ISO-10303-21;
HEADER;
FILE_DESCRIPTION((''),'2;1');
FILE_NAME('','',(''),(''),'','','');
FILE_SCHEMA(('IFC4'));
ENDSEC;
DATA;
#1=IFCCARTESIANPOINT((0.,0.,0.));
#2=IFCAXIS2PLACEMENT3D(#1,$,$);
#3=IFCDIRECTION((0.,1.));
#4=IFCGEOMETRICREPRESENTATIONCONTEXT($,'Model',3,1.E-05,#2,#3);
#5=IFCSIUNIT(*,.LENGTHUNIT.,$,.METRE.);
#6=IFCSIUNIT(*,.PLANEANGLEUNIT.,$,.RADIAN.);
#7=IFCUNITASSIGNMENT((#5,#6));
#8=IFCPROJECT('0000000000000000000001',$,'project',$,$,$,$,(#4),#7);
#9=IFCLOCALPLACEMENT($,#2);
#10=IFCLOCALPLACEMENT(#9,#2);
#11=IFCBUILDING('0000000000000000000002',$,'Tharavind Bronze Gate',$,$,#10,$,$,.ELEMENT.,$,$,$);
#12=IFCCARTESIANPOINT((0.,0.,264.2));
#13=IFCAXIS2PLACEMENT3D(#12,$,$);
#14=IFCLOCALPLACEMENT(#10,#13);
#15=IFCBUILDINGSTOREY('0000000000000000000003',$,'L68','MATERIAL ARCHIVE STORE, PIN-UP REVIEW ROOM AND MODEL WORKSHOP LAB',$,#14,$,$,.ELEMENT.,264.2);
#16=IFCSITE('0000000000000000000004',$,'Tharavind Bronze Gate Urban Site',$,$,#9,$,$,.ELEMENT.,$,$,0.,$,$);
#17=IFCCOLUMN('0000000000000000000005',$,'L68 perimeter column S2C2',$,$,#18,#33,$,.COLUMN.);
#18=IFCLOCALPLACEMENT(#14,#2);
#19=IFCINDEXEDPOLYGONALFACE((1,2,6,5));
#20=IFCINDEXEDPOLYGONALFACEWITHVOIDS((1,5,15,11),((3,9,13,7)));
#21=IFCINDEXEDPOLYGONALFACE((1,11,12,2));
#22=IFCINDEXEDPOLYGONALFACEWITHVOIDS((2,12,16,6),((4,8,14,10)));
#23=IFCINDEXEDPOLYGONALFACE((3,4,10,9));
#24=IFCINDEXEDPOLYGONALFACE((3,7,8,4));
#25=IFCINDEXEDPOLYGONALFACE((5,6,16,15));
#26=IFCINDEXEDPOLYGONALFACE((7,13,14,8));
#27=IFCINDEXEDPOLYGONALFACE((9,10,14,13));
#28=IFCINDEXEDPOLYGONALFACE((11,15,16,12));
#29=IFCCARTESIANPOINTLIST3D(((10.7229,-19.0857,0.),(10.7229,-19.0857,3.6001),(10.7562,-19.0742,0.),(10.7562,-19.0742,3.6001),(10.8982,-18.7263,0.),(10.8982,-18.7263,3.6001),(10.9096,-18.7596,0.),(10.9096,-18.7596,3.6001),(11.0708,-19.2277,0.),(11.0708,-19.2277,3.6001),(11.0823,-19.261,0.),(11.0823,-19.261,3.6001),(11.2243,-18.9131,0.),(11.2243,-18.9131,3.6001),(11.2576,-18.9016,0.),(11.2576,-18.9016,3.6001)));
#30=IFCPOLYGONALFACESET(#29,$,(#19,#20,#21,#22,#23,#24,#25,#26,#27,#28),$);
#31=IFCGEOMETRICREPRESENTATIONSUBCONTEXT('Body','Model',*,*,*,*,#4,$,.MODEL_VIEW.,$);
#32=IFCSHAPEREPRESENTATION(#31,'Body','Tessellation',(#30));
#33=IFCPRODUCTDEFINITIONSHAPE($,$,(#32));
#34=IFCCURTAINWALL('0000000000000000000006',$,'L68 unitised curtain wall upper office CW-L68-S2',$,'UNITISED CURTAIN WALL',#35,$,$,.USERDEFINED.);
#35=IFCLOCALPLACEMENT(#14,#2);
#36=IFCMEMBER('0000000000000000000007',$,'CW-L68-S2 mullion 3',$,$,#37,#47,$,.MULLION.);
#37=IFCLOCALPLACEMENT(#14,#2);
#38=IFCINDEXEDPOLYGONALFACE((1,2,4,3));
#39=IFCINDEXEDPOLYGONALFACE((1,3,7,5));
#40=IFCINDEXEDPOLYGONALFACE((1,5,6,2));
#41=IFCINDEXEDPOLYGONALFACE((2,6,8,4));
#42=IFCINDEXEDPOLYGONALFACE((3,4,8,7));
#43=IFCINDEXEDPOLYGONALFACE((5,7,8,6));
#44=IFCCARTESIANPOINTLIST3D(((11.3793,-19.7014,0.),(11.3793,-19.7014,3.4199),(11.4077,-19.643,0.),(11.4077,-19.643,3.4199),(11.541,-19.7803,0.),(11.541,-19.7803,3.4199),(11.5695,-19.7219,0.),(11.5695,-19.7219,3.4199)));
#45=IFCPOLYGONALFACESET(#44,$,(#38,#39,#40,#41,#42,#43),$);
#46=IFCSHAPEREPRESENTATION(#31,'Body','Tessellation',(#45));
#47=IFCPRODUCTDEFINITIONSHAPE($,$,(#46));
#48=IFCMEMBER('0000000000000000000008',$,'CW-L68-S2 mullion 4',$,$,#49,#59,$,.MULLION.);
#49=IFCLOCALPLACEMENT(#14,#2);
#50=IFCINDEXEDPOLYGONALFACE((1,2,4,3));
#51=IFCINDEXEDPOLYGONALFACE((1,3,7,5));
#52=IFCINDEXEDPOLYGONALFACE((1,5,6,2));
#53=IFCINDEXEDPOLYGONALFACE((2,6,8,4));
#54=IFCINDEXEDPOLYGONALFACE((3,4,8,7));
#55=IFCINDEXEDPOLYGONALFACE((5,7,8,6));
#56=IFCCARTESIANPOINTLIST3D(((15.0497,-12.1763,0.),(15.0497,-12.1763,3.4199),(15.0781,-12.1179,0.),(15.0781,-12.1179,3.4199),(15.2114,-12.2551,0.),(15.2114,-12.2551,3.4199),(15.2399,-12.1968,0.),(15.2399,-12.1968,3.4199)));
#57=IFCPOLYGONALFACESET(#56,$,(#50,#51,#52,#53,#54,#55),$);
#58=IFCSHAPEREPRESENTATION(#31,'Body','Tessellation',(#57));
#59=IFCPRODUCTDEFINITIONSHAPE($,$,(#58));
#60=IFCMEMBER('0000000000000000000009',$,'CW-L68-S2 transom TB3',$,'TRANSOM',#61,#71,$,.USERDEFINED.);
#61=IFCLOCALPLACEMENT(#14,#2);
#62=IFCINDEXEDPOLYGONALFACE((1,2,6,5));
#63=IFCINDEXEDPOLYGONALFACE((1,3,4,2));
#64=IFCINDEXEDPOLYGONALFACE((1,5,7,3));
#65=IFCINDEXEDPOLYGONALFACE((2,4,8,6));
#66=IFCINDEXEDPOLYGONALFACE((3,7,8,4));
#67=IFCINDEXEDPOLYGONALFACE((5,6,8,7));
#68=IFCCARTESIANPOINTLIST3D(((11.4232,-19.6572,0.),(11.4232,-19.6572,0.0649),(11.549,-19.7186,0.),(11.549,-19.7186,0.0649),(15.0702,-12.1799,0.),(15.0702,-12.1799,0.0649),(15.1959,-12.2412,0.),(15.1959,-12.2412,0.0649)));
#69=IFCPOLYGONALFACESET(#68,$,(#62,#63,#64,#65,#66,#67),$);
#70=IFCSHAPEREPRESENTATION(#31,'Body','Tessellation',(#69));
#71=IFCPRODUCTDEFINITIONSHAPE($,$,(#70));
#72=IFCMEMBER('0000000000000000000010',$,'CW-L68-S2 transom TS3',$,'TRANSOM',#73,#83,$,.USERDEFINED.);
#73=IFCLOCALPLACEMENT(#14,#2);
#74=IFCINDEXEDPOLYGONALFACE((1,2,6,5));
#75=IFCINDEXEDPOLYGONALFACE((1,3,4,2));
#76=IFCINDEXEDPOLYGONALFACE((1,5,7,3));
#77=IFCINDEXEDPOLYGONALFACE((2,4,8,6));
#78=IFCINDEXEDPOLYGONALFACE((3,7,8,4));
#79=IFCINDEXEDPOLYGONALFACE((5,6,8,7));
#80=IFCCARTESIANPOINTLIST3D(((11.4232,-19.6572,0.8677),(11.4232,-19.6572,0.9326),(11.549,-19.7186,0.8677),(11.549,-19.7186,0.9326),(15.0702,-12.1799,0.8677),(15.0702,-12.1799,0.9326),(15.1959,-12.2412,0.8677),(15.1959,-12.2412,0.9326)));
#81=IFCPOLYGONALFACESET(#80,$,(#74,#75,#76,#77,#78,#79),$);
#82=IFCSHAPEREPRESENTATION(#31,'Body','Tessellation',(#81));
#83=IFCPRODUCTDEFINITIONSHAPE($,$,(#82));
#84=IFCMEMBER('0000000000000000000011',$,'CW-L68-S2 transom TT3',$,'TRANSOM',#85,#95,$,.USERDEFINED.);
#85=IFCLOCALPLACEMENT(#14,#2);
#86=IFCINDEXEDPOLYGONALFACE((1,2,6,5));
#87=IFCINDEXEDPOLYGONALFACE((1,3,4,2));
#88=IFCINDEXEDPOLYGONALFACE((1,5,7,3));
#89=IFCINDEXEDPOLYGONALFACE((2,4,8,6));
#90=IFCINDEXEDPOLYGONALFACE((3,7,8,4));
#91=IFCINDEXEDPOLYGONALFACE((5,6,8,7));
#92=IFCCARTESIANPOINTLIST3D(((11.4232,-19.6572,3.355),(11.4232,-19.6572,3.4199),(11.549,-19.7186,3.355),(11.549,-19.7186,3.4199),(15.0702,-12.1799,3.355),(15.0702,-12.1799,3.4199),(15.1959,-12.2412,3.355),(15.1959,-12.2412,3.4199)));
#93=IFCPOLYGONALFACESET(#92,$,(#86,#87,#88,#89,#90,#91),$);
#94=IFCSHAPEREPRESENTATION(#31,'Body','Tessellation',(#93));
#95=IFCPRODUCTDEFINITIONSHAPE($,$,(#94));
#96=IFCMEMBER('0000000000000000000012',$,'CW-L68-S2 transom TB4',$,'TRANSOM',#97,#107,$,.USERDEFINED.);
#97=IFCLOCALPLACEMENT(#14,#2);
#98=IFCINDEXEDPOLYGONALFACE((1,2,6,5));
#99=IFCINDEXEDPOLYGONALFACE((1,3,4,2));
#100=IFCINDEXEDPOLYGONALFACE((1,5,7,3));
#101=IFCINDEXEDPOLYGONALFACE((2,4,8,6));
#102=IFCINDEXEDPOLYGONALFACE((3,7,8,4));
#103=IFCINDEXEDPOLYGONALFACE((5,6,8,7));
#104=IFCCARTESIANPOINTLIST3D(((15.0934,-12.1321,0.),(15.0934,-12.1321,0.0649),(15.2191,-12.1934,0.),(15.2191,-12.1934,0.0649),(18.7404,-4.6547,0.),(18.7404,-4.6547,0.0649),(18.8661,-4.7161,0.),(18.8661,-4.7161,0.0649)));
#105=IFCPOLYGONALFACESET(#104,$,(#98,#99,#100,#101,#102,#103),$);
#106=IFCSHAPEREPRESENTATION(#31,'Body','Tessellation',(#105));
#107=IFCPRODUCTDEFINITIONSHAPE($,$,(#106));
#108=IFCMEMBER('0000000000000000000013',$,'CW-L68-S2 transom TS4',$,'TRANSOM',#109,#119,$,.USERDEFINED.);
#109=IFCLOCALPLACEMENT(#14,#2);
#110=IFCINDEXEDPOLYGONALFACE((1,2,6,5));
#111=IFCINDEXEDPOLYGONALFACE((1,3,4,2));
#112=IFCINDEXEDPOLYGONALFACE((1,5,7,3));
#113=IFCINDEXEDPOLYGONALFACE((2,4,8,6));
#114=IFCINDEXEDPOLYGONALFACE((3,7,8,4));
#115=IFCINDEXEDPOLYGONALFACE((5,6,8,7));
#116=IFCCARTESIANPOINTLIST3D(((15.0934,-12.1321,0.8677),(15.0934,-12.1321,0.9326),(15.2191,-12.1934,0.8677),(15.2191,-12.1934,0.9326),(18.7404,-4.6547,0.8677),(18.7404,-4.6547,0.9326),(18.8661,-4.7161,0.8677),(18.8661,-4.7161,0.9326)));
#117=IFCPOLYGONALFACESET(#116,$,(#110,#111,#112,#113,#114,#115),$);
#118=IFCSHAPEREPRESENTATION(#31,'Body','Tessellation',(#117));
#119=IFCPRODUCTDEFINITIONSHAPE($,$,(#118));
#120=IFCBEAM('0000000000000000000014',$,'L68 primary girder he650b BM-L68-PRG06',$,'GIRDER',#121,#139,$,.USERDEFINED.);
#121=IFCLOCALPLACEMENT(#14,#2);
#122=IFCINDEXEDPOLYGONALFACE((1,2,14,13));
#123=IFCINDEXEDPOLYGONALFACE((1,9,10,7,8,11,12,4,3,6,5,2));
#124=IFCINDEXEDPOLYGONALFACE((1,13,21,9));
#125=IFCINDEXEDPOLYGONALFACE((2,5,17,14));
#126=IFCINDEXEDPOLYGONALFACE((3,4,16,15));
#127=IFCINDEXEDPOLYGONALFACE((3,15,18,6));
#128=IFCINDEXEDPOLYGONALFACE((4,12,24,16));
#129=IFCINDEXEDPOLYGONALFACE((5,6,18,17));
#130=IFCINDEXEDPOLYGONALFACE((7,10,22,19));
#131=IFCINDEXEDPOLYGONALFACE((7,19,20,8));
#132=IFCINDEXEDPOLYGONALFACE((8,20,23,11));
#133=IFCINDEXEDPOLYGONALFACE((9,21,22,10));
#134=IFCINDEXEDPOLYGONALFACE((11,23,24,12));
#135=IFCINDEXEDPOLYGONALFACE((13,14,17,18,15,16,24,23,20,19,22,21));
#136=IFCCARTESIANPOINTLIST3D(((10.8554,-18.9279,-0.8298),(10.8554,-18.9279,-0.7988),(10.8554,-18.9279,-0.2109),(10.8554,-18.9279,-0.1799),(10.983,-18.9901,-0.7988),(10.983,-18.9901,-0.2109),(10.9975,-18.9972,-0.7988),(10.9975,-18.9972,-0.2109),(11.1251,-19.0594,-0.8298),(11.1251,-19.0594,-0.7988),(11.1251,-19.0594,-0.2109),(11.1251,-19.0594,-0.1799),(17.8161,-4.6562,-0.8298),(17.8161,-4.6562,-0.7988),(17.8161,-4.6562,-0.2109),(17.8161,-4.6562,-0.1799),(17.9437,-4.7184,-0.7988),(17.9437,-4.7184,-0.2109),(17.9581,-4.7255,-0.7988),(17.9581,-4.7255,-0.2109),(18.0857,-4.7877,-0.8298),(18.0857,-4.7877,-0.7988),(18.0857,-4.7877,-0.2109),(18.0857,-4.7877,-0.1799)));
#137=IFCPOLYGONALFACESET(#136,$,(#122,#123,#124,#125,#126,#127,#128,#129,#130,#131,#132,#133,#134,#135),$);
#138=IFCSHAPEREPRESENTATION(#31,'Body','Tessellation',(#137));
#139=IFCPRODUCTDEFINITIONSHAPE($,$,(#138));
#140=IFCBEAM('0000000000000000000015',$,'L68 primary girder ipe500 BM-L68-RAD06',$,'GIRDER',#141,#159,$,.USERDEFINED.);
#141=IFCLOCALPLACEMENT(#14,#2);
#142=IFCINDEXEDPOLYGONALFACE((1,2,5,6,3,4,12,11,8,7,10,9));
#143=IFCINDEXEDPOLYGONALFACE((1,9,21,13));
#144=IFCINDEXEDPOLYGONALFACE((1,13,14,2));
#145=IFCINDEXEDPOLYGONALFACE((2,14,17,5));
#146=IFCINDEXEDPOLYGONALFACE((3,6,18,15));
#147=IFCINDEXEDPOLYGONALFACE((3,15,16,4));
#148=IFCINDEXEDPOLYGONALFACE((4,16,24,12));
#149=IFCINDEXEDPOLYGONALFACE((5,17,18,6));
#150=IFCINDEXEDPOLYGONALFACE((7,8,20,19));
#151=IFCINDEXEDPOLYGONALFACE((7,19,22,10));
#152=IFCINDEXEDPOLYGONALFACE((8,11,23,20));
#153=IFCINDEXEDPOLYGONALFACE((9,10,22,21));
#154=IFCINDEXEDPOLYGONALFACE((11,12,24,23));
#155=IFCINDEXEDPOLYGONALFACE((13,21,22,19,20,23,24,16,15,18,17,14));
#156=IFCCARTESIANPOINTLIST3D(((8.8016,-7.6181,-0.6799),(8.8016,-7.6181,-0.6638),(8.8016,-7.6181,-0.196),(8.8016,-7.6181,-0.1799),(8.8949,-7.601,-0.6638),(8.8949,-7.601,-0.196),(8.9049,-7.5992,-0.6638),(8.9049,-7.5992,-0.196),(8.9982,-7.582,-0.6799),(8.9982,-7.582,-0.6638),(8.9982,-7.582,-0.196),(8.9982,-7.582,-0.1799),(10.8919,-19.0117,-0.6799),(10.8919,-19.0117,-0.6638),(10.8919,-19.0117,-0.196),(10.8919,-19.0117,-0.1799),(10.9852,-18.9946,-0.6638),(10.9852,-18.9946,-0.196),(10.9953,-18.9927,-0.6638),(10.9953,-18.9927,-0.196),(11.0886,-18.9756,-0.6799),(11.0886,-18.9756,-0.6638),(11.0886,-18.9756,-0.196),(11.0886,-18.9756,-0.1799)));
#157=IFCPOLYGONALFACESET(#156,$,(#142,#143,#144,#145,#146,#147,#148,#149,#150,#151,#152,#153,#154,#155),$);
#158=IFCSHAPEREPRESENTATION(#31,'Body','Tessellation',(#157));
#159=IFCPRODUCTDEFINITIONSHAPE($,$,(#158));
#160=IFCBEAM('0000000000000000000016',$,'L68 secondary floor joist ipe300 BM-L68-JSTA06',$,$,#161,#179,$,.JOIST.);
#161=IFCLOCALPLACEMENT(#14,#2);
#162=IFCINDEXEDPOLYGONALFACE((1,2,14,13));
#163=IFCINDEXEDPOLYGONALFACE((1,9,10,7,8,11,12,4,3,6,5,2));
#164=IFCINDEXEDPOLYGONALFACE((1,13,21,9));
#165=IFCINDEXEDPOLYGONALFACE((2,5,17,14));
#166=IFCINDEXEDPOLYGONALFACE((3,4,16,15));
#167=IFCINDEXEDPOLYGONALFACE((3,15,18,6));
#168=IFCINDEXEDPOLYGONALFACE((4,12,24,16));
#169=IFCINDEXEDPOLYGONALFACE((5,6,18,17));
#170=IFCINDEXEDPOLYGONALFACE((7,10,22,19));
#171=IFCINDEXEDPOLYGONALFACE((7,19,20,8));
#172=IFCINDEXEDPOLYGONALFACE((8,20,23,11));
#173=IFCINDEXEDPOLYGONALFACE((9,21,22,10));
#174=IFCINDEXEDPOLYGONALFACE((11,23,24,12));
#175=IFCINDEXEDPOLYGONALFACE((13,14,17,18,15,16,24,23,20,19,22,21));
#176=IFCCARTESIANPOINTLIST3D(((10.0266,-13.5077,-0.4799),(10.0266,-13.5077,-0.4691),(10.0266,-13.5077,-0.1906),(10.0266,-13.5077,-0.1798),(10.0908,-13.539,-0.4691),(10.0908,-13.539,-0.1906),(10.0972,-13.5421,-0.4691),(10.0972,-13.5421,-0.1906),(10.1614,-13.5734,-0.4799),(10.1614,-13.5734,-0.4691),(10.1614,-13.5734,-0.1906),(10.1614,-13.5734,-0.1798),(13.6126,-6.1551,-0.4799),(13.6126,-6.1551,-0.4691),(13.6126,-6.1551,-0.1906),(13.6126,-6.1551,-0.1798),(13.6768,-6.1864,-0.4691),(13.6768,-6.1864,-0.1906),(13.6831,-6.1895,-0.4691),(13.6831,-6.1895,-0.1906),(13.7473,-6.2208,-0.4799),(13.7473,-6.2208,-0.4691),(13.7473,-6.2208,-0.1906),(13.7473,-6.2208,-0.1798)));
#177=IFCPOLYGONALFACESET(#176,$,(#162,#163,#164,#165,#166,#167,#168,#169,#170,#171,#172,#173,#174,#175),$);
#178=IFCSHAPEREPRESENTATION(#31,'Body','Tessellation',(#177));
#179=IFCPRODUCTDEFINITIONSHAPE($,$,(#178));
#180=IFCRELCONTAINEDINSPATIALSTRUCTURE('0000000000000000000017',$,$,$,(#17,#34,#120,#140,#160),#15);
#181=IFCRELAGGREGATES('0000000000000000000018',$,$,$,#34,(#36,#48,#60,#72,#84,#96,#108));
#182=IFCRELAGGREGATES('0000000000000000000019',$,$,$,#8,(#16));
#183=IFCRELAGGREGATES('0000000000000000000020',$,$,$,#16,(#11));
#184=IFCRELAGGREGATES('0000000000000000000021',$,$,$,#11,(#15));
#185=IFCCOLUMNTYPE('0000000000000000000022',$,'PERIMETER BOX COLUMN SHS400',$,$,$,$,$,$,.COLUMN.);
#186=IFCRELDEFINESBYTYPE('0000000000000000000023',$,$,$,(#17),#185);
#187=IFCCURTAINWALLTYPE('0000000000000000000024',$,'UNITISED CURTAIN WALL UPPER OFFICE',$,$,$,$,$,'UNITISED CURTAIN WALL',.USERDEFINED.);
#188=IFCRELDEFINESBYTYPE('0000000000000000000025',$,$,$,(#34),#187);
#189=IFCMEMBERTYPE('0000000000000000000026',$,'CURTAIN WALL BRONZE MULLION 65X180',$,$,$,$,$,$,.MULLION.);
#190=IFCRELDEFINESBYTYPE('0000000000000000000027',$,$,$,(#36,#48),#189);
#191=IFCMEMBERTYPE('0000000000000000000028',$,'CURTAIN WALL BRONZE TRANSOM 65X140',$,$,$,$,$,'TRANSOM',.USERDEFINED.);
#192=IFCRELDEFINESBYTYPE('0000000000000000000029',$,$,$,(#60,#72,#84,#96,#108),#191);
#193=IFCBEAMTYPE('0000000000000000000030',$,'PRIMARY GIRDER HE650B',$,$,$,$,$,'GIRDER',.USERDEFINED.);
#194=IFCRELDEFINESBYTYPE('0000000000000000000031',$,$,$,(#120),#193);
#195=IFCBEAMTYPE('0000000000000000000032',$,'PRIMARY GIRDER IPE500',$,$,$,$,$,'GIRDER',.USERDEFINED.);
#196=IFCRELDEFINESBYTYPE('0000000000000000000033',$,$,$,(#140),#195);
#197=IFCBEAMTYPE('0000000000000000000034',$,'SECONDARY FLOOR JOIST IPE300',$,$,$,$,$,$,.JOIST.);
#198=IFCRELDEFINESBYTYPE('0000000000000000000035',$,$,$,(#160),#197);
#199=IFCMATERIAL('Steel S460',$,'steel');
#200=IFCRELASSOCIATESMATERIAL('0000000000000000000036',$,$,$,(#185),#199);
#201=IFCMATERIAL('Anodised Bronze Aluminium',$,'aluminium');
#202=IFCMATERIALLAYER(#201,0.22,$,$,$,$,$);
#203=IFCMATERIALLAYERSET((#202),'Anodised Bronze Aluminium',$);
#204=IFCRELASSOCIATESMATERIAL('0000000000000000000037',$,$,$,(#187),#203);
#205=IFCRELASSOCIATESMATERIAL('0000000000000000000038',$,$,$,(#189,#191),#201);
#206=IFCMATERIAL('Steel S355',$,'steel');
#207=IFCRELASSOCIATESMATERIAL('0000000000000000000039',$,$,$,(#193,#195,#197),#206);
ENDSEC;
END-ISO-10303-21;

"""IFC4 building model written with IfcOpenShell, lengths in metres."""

from ifc_helpers import new_model, si_unit, direction, frame, origin, origin_2d, place, context, subcontext, project, spatial, rectangle, hollow_rectangle, i_section, extrude, material, layer, layer_set, material_profile, profile_set, type_object, element, aggregate, save


model = new_model("IFC4")

# Units and contexts
model_context = context("Model", 3, precision=1e-05, world=origin(), true_north=direction((0.0, 1.0)))
body_context = subcontext(model_context, "Body", "Model", "MODEL_VIEW")
ifc_project = project(units=[si_unit("LENGTHUNIT", "METRE"), si_unit("PLANEANGLEUNIT", "RADIAN")], contexts=[model_context])

# Site, building, storey
site_placement = place(None, origin())
site = spatial("IfcSite", under=ifc_project, at=site_placement, Name="Tharavind Bronze Gate Urban Site", CompositionType="ELEMENT", RefElevation=0.0)
building_placement = place(site_placement, origin())
building = spatial("IfcBuilding", under=site, at=building_placement, Name="Tharavind Bronze Gate", CompositionType="ELEMENT")
storey_placement = place(building_placement, frame((0.0, 0.0, 264.2)))
storey = spatial("IfcBuildingStorey", under=building, at=storey_placement, Name="L68", Description="MATERIAL ARCHIVE STORE, PIN-UP REVIEW ROOM AND MODEL WORKSHOP LAB", CompositionType="ELEMENT", Elevation=264.2)

# Column
ifc_material_1 = material(Name="Steel S460", Category="steel")
ifc_material_profile_1 = material_profile(ifc_material_1, hollow_rectangle(XDim=0.3999, YDim=0.3999, WallThickness=0.0249, at=origin_2d()), Name="SHS400X25")
ifc_profile_set_1 = profile_set([ifc_material_profile_1], Name="Steel S460")
column_type = type_object("IfcColumnType", Name="PERIMETER BOX COLUMN SHS400", PredefinedType="COLUMN", material=ifc_profile_set_1)
column_placement = place(storey_placement, frame((10.9902, -18.9937, 0.0), z_axis=(0.0, 0.0, 1.0), x_axis=(0.438373, 0.898793, 0.0)))
element("IfcColumn", 1, at=column_placement, inside=storey, type_object=column_type, Name="L68 perimeter column S2C2", PredefinedType="COLUMN", context=body_context, shape_type="SweptSolid", body=[
    extrude(hollow_rectangle(XDim=0.3999, YDim=0.3999, WallThickness=0.0249, at=origin_2d()), origin(), (0.0, 0.0, 1.0), 3.6001),
])

# Curtain wall, members
ifc_material_2 = material(Name="Anodised Bronze Aluminium", Category="aluminium")
ifc_layer_1 = layer(ifc_material_2, 0.22)
ifc_layer_set_1 = layer_set([ifc_layer_1], Name="Anodised Bronze Aluminium")
curtain_wall_type = type_object("IfcCurtainWallType", Name="UNITISED CURTAIN WALL UPPER OFFICE", ElementType="UNITISED CURTAIN WALL", PredefinedType="USERDEFINED", material=ifc_layer_set_1)
curtain_wall_placement = place(storey_placement, origin())
curtain_wall = element("IfcCurtainWall", 2, at=curtain_wall_placement, inside=storey, type_object=curtain_wall_type, Name="L68 unitised curtain wall upper office CW-L68-S2", ObjectType="UNITISED CURTAIN WALL", PredefinedType="USERDEFINED")
member_type_1 = type_object("IfcMemberType", Name="CURTAIN WALL BRONZE MULLION 65X180", PredefinedType="MULLION", material=ifc_material_2)
member_1_placement = place(storey_placement, frame((11.4744, -19.7117, 0.0), z_axis=(0.0, 0.0, 1.0), x_axis=(0.438373, 0.898793, 0.0)))
member_1 = element("IfcMember", 3, at=member_1_placement, type_object=member_type_1, Name="CW-L68-S2 mullion 3", PredefinedType="MULLION", context=body_context, shape_type="SweptSolid", body=[
    extrude(rectangle(XDim=0.0649, YDim=0.1799, at=origin_2d()), origin(), (0.0, 0.0, 1.0), 3.4199),
])
member_2_placement = place(storey_placement, frame((15.1448, -12.1865, 0.0), z_axis=(0.0, 0.0, 1.0), x_axis=(0.438373, 0.898793, 0.0)))
member_2 = element("IfcMember", 4, at=member_2_placement, type_object=member_type_1, Name="CW-L68-S2 mullion 4", PredefinedType="MULLION", context=body_context, shape_type="SweptSolid", body=[
    extrude(rectangle(XDim=0.0649, YDim=0.1799, at=origin_2d()), origin(), (0.0, 0.0, 1.0), 3.4199),
])
member_type_2 = type_object("IfcMemberType", Name="CURTAIN WALL BRONZE TRANSOM 65X140", ElementType="TRANSOM", PredefinedType="USERDEFINED", material=ifc_material_2)
member_3_placement = place(storey_placement, frame((13.3096, -15.9492, 0.0), z_axis=(0.0, 0.0, 1.0), x_axis=(0.438373, 0.898793, 0.0)))
member_3 = element("IfcMember", 5, at=member_3_placement, type_object=member_type_2, Name="CW-L68-S2 transom TB3", ObjectType="TRANSOM", PredefinedType="USERDEFINED", context=body_context, shape_type="SweptSolid", body=[
    extrude(rectangle(XDim=8.3193, YDim=0.1399, at=origin_2d()), origin(), (0.0, 0.0, 1.0), 0.0649),
])
member_4_placement = place(storey_placement, frame((13.3096, -15.9492, 0.8677), z_axis=(0.0, 0.0, 1.0), x_axis=(0.438373, 0.898793, 0.0)))
member_4 = element("IfcMember", 6, at=member_4_placement, type_object=member_type_2, Name="CW-L68-S2 transom TS3", ObjectType="TRANSOM", PredefinedType="USERDEFINED", context=body_context, shape_type="SweptSolid", body=[
    extrude(rectangle(XDim=8.3193, YDim=0.1399, at=origin_2d()), origin(), (0.0, 0.0, 1.0), 0.0649),
])
member_5_placement = place(storey_placement, frame((13.3096, -15.9492, 3.355), z_axis=(0.0, 0.0, 1.0), x_axis=(0.438373, 0.898793, 0.0)))
member_5 = element("IfcMember", 7, at=member_5_placement, type_object=member_type_2, Name="CW-L68-S2 transom TT3", ObjectType="TRANSOM", PredefinedType="USERDEFINED", context=body_context, shape_type="SweptSolid", body=[
    extrude(rectangle(XDim=8.3193, YDim=0.1399, at=origin_2d()), origin(), (0.0, 0.0, 1.0), 0.0649),
])
member_6_placement = place(storey_placement, frame((16.9797, -8.4241, 0.0), z_axis=(0.0, 0.0, 1.0), x_axis=(0.438373, 0.898793, 0.0)))
member_6 = element("IfcMember", 8, at=member_6_placement, type_object=member_type_2, Name="CW-L68-S2 transom TB4", ObjectType="TRANSOM", PredefinedType="USERDEFINED", context=body_context, shape_type="SweptSolid", body=[
    extrude(rectangle(XDim=8.3193, YDim=0.1399, at=origin_2d()), origin(), (0.0, 0.0, 1.0), 0.0649),
])
member_7_placement = place(storey_placement, frame((16.9797, -8.4241, 0.8677), z_axis=(0.0, 0.0, 1.0), x_axis=(0.438373, 0.898793, 0.0)))
member_7 = element("IfcMember", 9, at=member_7_placement, type_object=member_type_2, Name="CW-L68-S2 transom TS4", ObjectType="TRANSOM", PredefinedType="USERDEFINED", context=body_context, shape_type="SweptSolid", body=[
    extrude(rectangle(XDim=8.3193, YDim=0.1399, at=origin_2d()), origin(), (0.0, 0.0, 1.0), 0.0649),
])

# Beams
ifc_material_3 = material(Name="Steel S355", Category="steel")
ifc_material_profile_2 = material_profile(ifc_material_3, i_section(OverallWidth=0.3, OverallDepth=0.6499, WebThickness=0.0161, FlangeThickness=0.031, at=origin_2d()), Name="HE650B")
ifc_profile_set_2 = profile_set([ifc_material_profile_2], Name="Steel S355")
beam_type_1 = type_object("IfcBeamType", Name="PRIMARY GIRDER HE650B", ElementType="GIRDER", PredefinedType="USERDEFINED", material=ifc_profile_set_2)
beam_1_placement = place(storey_placement, frame((10.9902, -18.9937, -0.5049), z_axis=(0.438366, 0.898796, 0.0), x_axis=(-0.898796, 0.438366, 0.0)))
element("IfcBeam", 10, at=beam_1_placement, inside=storey, type_object=beam_type_1, Name="L68 primary girder he650b BM-L68-PRG06", ObjectType="GIRDER", PredefinedType="USERDEFINED", context=body_context, shape_type="SweptSolid", body=[
    extrude(i_section(OverallWidth=0.3, OverallDepth=0.6499, WebThickness=0.0161, FlangeThickness=0.031, at=origin_2d()), origin(), (0.0, 0.0, 1.0), 15.8787),
])
ifc_material_profile_3 = material_profile(ifc_material_3, i_section(OverallWidth=0.2, OverallDepth=0.5, WebThickness=0.0103, FlangeThickness=0.0161, at=origin_2d()), Name="IPE500")
ifc_profile_set_3 = profile_set([ifc_material_profile_3], Name="Steel S355")
beam_type_2 = type_object("IfcBeamType", Name="PRIMARY GIRDER IPE500", ElementType="GIRDER", PredefinedType="USERDEFINED", material=ifc_profile_set_3)
beam_2_placement = place(storey_placement, frame((10.9902, -18.9937, -0.4299), z_axis=(-0.180454, 0.983583, 0.0), x_axis=(-0.983583, -0.180454, 0.0)))
element("IfcBeam", 11, at=beam_2_placement, inside=storey, type_object=beam_type_2, Name="L68 primary girder ipe500 BM-L68-RAD06", ObjectType="GIRDER", PredefinedType="USERDEFINED", context=body_context, shape_type="SweptSolid", body=[
    extrude(i_section(OverallWidth=0.2, OverallDepth=0.5, WebThickness=0.0103, FlangeThickness=0.0161, at=origin_2d()), origin(), (0.0, 0.0, 1.0), 11.5837),
])
ifc_material_profile_4 = material_profile(ifc_material_3, i_section(OverallWidth=0.1499, OverallDepth=0.3, WebThickness=0.0071, FlangeThickness=0.0107, at=origin_2d()), Name="IPE300")
ifc_profile_set_4 = profile_set([ifc_material_profile_4], Name="Steel S355")
beam_type_3 = type_object("IfcBeamType", Name="SECONDARY FLOOR JOIST IPE300", PredefinedType="JOIST", material=ifc_profile_set_4)
beam_3_placement = place(storey_placement, frame((10.094, -13.5405, -0.3298), z_axis=(0.438358, 0.898801, 0.0), x_axis=(-0.898801, 0.438358, 0.0)))
element("IfcBeam", 12, at=beam_3_placement, inside=storey, type_object=beam_type_3, Name="L68 secondary floor joist ipe300 BM-L68-JSTA06", PredefinedType="JOIST", context=body_context, shape_type="SweptSolid", body=[
    extrude(i_section(OverallWidth=0.1499, OverallDepth=0.3, WebThickness=0.0071, FlangeThickness=0.0107, at=origin_2d()), origin(), (0.0, 0.0, 1.0), 8.1804),
])

aggregate(curtain_wall, [member_1, member_2, member_3, member_4, member_5, member_6, member_7])

save(model, "model.ifc")
